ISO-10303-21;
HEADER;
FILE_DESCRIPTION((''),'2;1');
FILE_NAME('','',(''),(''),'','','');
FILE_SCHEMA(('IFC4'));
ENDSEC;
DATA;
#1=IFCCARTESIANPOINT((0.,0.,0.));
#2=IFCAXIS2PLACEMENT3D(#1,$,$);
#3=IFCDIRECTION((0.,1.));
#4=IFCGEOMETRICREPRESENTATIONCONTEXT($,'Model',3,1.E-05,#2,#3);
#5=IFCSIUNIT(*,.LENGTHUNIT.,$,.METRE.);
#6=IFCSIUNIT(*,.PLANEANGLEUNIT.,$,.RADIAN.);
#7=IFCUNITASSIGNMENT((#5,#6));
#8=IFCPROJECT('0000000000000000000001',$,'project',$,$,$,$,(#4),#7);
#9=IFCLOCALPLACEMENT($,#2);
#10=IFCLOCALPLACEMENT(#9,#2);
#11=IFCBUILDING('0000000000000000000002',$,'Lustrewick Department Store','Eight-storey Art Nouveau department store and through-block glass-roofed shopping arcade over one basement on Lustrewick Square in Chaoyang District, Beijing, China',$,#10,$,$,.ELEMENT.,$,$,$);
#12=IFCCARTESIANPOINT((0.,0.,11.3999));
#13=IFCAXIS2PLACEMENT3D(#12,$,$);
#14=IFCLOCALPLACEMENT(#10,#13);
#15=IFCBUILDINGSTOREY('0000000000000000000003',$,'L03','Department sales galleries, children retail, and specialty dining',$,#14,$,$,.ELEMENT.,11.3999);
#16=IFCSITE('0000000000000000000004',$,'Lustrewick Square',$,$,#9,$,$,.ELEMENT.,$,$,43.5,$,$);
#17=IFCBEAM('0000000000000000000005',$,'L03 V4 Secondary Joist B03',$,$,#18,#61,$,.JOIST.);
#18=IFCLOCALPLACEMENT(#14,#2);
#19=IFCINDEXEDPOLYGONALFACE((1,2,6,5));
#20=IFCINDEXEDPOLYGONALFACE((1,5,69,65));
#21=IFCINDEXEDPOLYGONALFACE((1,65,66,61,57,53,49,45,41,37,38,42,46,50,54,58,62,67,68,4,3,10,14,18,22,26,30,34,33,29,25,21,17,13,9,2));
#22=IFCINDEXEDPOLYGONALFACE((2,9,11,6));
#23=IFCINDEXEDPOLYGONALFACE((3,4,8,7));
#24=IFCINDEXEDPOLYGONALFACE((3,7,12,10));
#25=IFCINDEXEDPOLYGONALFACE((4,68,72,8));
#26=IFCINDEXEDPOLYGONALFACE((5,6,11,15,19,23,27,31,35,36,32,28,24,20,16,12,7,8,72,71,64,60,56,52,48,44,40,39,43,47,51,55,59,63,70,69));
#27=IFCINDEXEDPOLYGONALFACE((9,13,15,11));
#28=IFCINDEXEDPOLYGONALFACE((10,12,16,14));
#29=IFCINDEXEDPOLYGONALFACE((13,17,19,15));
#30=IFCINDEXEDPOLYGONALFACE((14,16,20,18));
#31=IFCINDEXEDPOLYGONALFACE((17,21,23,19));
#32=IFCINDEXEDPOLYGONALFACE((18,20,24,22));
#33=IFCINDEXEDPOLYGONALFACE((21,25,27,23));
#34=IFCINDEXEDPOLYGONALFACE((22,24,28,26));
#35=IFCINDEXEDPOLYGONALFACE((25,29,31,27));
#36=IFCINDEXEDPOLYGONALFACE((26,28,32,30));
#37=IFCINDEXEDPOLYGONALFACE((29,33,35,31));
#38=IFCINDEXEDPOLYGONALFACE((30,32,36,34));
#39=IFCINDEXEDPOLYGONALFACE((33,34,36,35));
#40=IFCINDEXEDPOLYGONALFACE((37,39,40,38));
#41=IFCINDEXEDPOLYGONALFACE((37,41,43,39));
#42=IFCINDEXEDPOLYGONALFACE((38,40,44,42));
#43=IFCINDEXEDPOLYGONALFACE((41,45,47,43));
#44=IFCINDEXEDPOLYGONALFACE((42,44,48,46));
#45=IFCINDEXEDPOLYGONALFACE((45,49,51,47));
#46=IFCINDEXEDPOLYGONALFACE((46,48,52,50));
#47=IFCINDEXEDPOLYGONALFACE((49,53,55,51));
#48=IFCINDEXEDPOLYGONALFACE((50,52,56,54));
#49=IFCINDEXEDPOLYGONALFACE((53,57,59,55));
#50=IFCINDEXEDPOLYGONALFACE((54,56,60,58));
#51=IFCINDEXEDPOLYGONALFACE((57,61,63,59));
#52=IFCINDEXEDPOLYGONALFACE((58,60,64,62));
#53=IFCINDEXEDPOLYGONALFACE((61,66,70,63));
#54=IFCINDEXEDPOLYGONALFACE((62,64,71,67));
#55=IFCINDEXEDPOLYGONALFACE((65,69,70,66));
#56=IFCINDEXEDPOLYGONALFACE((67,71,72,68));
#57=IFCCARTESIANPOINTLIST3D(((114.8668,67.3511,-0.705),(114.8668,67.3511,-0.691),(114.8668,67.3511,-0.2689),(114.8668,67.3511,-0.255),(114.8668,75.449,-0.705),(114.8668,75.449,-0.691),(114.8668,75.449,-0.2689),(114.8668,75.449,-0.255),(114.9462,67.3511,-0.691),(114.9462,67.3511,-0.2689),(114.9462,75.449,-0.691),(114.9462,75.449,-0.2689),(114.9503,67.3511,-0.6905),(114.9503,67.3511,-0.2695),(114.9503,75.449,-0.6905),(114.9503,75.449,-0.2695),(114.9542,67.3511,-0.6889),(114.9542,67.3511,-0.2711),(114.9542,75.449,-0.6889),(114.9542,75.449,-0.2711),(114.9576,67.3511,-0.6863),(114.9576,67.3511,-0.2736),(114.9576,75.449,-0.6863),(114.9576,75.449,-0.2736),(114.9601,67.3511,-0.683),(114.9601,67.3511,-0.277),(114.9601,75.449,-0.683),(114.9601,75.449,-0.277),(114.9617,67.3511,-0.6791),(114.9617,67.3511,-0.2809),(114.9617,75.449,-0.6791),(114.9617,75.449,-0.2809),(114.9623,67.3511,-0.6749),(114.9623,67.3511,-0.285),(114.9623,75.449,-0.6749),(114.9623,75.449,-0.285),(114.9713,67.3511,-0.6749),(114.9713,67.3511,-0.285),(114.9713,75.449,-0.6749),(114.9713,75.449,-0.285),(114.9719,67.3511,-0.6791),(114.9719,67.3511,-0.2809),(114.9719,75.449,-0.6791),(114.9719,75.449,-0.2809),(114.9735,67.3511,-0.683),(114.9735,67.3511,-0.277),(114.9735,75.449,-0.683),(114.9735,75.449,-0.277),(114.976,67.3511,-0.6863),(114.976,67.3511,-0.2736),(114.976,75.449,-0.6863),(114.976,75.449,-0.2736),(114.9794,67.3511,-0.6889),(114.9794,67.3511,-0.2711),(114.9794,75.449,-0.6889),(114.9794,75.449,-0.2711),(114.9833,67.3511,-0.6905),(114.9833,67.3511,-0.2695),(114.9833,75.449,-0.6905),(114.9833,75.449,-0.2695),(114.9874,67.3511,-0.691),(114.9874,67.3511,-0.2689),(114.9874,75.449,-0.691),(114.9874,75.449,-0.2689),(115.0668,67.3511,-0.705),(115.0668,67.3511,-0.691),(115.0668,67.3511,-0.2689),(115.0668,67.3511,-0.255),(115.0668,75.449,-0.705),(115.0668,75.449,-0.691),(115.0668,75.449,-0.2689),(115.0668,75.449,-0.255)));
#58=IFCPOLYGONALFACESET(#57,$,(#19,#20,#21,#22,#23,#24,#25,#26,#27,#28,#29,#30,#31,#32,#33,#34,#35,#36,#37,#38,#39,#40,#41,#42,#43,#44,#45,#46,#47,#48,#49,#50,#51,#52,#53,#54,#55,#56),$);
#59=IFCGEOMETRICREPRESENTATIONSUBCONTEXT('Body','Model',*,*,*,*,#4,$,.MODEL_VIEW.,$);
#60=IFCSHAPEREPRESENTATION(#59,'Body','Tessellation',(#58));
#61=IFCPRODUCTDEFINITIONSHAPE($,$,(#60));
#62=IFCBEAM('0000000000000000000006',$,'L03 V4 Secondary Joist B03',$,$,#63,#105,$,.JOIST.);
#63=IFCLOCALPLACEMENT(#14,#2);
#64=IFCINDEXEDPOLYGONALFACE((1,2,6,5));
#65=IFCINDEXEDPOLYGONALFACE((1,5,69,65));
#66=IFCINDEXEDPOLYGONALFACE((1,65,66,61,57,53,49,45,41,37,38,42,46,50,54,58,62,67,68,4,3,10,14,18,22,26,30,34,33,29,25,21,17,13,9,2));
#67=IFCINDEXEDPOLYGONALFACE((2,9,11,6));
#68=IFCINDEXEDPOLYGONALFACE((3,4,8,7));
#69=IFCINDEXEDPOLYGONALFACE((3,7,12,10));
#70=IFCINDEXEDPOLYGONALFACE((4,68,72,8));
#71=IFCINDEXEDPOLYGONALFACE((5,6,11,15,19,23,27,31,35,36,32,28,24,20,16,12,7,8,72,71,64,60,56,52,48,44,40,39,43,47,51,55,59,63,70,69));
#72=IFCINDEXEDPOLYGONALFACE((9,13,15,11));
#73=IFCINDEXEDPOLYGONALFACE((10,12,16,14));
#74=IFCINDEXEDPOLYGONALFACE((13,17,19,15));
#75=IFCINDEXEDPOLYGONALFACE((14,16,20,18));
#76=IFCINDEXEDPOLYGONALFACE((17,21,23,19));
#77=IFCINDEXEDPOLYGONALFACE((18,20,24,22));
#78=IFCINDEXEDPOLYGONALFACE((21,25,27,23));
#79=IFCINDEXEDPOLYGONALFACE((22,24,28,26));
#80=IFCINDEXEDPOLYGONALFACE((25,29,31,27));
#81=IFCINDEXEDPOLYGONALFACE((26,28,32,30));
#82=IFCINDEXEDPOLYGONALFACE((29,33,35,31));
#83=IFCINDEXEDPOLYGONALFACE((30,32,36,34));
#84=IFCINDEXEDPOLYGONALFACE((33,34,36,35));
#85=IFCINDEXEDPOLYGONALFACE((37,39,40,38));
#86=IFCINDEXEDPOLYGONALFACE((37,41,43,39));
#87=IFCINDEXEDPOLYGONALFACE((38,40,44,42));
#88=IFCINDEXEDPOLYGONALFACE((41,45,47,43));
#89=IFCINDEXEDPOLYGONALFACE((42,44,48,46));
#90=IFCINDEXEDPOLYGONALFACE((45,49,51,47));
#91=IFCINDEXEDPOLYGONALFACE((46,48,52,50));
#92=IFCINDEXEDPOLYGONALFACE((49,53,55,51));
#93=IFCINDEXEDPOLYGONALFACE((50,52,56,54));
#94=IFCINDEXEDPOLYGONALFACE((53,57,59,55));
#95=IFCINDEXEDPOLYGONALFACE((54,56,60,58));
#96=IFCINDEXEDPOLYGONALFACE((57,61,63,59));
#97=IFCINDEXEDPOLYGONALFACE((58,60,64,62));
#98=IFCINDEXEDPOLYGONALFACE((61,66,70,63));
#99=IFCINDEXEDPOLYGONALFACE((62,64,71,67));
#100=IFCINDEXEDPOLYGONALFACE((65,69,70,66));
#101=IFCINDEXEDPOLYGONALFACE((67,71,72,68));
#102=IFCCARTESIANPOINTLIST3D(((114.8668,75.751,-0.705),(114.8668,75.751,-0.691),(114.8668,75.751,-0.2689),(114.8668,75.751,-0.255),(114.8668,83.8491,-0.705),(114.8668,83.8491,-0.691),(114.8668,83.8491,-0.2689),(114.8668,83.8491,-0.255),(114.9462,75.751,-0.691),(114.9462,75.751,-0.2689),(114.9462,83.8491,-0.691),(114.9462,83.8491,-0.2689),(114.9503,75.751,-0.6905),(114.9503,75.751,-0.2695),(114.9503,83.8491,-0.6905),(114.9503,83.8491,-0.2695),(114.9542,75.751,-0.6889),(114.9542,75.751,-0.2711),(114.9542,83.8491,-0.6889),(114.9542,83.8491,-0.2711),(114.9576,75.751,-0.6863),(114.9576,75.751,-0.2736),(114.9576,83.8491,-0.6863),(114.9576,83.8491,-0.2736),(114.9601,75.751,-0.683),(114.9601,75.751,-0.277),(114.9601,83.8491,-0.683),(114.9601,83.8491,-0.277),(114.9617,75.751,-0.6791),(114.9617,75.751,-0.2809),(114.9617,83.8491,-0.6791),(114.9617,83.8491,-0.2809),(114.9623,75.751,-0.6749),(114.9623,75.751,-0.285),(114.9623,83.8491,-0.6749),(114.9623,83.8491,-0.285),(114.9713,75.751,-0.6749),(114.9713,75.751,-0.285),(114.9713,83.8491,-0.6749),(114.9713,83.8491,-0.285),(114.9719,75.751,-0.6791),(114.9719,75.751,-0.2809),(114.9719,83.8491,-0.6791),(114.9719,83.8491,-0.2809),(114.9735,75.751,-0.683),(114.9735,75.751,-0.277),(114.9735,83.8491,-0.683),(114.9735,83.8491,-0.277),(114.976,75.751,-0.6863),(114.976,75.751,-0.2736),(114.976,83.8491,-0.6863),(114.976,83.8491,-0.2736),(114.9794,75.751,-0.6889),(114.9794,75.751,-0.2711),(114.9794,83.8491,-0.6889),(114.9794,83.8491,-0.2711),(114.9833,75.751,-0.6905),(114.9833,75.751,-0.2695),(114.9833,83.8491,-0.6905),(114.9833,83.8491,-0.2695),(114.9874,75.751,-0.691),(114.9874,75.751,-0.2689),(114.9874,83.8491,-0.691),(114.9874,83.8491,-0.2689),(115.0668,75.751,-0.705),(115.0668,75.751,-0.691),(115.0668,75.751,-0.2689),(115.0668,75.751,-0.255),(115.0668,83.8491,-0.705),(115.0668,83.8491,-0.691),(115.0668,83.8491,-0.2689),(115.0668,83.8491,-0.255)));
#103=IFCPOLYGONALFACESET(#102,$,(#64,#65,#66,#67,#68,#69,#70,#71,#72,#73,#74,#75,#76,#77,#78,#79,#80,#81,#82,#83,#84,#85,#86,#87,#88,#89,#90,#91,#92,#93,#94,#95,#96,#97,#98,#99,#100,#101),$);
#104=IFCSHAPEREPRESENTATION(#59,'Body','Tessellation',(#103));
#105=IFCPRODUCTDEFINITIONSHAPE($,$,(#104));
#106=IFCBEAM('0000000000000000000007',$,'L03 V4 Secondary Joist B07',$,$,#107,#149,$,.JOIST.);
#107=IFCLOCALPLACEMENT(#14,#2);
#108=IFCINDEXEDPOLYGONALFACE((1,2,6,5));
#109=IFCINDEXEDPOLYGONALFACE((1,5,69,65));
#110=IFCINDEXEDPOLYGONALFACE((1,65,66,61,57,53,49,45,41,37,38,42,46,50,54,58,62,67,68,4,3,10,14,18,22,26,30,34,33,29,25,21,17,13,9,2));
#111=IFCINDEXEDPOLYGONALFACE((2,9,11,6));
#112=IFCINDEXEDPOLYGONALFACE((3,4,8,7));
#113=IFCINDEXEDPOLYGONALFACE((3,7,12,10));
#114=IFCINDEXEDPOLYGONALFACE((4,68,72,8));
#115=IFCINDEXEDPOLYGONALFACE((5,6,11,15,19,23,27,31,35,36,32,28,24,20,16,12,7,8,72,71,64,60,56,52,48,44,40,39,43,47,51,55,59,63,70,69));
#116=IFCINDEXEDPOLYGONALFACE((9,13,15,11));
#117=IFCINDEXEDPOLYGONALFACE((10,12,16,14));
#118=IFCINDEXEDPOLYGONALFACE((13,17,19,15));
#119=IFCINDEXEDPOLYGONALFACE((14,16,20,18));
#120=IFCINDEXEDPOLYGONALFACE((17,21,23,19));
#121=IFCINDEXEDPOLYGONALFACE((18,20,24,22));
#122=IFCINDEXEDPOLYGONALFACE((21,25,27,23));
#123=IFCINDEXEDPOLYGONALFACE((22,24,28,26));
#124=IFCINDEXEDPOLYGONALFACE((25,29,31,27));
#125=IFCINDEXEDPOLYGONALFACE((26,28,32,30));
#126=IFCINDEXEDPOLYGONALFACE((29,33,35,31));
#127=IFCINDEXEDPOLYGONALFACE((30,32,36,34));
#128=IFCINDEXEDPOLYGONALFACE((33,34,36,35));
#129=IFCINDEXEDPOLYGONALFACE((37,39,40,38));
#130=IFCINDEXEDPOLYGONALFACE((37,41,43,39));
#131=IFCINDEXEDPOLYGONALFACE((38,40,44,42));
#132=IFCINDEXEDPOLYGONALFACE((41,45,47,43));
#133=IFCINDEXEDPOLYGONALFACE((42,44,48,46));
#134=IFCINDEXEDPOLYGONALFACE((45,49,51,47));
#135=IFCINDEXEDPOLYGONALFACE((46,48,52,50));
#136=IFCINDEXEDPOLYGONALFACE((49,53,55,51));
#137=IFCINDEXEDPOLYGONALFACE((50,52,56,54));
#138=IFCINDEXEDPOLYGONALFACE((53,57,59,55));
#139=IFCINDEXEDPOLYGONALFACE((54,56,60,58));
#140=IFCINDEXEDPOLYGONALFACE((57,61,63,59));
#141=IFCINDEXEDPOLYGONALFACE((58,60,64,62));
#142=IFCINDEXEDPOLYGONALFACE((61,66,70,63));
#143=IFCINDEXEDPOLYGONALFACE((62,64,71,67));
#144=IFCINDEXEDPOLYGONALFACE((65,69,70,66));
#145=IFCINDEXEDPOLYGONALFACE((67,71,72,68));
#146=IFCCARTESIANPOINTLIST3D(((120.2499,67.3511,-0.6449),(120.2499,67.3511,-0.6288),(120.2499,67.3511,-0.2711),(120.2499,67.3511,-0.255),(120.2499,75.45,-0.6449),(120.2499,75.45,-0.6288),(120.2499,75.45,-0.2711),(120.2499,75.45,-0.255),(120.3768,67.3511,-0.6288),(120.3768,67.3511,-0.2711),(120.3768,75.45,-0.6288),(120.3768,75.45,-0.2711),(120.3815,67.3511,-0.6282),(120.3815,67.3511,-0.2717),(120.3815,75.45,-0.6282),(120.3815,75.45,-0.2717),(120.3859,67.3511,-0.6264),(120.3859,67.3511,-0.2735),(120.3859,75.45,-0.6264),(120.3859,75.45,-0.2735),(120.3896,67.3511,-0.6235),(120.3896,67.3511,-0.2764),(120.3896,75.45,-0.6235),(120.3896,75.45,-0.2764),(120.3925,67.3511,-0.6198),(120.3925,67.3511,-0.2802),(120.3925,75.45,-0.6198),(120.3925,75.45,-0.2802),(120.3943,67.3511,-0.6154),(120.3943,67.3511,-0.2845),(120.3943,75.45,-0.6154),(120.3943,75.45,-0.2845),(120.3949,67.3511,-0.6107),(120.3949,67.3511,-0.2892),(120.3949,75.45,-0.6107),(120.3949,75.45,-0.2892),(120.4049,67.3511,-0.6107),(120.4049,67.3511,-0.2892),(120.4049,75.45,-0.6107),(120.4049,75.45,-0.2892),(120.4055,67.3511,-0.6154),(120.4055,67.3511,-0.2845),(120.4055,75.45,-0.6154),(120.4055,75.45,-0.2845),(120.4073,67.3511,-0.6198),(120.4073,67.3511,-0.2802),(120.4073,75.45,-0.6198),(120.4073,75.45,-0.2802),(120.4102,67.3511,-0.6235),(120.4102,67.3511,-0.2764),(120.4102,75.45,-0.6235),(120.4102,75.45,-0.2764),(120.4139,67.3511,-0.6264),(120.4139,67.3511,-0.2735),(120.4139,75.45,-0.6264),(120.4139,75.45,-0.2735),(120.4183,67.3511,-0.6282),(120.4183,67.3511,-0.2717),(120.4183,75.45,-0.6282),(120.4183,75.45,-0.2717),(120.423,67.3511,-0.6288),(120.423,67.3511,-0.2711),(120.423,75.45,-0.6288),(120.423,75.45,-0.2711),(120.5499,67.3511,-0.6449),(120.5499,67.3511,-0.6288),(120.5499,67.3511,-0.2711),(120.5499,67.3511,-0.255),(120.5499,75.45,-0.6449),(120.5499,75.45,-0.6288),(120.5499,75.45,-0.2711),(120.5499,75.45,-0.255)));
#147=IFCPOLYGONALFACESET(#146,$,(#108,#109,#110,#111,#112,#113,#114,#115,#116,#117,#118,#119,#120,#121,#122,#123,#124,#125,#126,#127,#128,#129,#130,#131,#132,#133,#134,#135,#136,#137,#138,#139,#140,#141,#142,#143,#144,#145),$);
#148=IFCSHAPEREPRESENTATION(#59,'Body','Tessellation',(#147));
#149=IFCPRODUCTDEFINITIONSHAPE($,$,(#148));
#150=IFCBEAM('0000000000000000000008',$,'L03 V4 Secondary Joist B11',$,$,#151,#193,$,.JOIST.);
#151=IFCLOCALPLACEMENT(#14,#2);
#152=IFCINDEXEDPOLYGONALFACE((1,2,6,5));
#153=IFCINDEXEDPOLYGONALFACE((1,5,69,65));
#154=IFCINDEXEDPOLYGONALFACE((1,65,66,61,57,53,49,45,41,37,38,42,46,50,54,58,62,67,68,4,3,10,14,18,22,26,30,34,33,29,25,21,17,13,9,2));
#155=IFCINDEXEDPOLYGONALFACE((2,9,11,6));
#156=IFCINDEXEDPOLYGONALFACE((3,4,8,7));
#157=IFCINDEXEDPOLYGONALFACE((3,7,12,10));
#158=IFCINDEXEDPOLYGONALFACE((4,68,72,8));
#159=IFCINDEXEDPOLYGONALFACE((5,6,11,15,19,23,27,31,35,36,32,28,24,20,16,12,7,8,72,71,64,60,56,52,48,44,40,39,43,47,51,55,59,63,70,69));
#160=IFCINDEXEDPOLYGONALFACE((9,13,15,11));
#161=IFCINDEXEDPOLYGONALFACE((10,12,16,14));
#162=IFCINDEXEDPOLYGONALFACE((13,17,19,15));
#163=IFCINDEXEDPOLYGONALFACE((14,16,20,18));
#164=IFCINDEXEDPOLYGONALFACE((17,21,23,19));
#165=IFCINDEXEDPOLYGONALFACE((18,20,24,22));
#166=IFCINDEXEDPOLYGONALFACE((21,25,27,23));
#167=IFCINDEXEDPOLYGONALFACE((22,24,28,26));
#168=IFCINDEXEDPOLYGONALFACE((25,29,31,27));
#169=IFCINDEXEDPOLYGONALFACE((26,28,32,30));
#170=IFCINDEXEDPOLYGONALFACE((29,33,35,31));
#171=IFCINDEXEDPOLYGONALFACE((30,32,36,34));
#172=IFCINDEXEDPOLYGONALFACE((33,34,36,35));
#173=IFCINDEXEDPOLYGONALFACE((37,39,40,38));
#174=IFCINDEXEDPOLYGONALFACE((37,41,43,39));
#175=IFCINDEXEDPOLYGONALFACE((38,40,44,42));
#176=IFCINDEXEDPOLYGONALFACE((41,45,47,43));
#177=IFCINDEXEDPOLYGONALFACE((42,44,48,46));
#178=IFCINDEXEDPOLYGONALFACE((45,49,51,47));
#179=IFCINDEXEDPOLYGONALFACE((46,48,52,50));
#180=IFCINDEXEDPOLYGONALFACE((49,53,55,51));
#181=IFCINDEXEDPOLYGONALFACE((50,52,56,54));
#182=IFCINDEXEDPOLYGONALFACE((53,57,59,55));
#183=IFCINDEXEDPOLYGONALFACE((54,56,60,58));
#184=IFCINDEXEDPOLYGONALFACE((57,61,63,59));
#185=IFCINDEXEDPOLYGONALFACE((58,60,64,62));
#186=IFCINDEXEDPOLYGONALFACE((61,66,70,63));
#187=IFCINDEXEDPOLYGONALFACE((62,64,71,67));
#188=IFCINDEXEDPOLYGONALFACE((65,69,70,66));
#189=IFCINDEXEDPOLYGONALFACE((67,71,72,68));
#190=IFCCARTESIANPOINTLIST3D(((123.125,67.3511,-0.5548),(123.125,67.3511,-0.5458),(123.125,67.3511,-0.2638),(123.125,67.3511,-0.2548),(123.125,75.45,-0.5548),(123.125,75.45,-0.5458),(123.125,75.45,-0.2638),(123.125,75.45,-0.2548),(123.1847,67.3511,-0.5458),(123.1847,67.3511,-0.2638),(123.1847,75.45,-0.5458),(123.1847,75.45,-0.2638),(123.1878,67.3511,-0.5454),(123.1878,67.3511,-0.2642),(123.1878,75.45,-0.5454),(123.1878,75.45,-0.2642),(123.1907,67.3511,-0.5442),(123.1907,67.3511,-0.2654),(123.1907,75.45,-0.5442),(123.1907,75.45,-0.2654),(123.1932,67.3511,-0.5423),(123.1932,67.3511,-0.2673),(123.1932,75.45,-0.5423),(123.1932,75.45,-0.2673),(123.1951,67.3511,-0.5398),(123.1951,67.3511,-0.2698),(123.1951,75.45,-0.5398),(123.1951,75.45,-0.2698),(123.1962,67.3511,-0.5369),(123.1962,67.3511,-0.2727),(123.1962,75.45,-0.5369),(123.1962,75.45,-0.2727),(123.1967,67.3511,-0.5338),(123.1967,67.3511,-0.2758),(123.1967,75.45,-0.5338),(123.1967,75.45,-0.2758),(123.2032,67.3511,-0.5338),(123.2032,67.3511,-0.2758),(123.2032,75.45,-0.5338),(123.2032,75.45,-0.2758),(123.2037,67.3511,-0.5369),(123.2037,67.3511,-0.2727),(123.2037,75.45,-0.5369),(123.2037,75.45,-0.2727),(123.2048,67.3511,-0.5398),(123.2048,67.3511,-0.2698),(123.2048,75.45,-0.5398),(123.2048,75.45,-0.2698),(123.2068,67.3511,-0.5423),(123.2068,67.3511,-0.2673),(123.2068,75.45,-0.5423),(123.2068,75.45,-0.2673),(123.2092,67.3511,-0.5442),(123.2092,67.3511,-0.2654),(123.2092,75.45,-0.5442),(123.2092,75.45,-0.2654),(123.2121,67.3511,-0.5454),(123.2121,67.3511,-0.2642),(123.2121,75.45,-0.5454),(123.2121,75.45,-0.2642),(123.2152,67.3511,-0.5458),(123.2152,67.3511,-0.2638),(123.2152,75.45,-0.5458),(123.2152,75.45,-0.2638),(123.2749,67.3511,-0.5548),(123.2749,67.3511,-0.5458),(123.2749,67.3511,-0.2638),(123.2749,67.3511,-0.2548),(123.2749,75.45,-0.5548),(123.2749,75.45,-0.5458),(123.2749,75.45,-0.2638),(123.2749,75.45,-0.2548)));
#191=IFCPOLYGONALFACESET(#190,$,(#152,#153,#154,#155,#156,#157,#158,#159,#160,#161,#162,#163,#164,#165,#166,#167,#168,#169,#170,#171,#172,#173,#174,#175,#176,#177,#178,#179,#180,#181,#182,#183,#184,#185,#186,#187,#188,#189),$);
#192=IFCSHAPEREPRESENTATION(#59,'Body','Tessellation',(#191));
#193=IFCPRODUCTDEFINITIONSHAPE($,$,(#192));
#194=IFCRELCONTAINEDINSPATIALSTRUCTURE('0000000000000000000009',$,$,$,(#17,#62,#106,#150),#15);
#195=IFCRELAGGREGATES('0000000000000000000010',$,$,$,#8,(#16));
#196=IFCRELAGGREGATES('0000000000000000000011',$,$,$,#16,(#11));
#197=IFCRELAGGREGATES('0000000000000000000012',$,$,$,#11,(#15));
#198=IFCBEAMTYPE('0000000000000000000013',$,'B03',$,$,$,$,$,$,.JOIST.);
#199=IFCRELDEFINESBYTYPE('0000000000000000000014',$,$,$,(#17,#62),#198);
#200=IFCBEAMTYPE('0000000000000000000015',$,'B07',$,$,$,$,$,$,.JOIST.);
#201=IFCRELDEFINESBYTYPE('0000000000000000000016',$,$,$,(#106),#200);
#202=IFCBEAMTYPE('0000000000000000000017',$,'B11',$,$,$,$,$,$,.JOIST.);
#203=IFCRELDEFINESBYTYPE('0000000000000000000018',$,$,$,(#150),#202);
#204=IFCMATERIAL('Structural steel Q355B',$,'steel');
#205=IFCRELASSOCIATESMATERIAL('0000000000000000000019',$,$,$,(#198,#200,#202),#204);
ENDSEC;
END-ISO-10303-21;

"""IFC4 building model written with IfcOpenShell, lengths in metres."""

from ifc_helpers import new_model, si_unit, direction, frame, origin, origin_2d, place, context, subcontext, project, spatial, i_section, extrude, material, material_profile, profile_set, type_object, element, save


model = new_model("IFC4")

# Units and contexts
model_context = context("Model", 3, precision=1e-05, world=origin(), true_north=direction((0.0, 1.0)))
body_context = subcontext(model_context, "Body", "Model", "MODEL_VIEW")
ifc_project = project(units=[si_unit("LENGTHUNIT", "METRE"), si_unit("PLANEANGLEUNIT", "RADIAN")], contexts=[model_context])

# Site, building, storey
site_placement = place(None, origin())
site = spatial("IfcSite", under=ifc_project, at=site_placement, Name="Lustrewick Square", CompositionType="ELEMENT", RefElevation=43.5)
building_placement = place(site_placement, origin())
building = spatial("IfcBuilding", under=site, at=building_placement, Name="Lustrewick Department Store", Description="Eight-storey Art Nouveau department store and through-block glass-roofed shopping arcade over one basement on Lustrewick Square in Chaoyang District, Beijing, China", CompositionType="ELEMENT")
storey_placement = place(building_placement, frame((0.0, 0.0, 11.3999)))
storey = spatial("IfcBuildingStorey", under=building, at=storey_placement, Name="L03", Description="Department sales galleries, children retail, and specialty dining", CompositionType="ELEMENT", Elevation=11.3999)

# Shared definitions
ifc_material_1 = material(Name="Structural steel Q355B", Category="steel")

# Beams
ifc_material_profile_1 = material_profile(ifc_material_1, i_section(OverallWidth=0.2, OverallDepth=0.45, WebThickness=0.009, FlangeThickness=0.0139, FilletRadius=0.0161, at=origin_2d()), Name="HN 450x200x9x14")
ifc_profile_set_1 = profile_set([ifc_material_profile_1], Name="Structural steel Q355B")
beam_type_1 = type_object("IfcBeamType", Name="B03", PredefinedType="JOIST", material=ifc_profile_set_1)
beam_1_placement = place(storey_placement, frame((114.9668, 67.3511, -0.48), z_axis=(0.0, 1.0, 0.0), x_axis=(-1.0, 0.0, 0.0)))
element("IfcBeam", 1, at=beam_1_placement, inside=storey, type_object=beam_type_1, Name="L03 V4 Secondary Joist B03", PredefinedType="JOIST", context=body_context, shape_type="SweptSolid", body=[
    extrude(i_section(OverallWidth=0.2, OverallDepth=0.45, WebThickness=0.009, FlangeThickness=0.0139, FilletRadius=0.0161, at=origin_2d()), origin(), (0.0, 0.0, 1.0), 8.0979),
])
beam_2_placement = place(storey_placement, frame((114.9668, 75.751, -0.48), z_axis=(0.0, 1.0, 0.0), x_axis=(-1.0, 0.0, 0.0)))
element("IfcBeam", 2, at=beam_2_placement, inside=storey, type_object=beam_type_1, Name="L03 V4 Secondary Joist B03", PredefinedType="JOIST", context=body_context, shape_type="SweptSolid", body=[
    extrude(i_section(OverallWidth=0.2, OverallDepth=0.45, WebThickness=0.009, FlangeThickness=0.0139, FilletRadius=0.0161, at=origin_2d()), origin(), (0.0, 0.0, 1.0), 8.0981),
])
ifc_material_profile_2 = material_profile(ifc_material_1, i_section(OverallWidth=0.3, OverallDepth=0.3899, WebThickness=0.01, FlangeThickness=0.0161, FilletRadius=0.0181, at=origin_2d()), Name="HM 390x300x10x16")
ifc_profile_set_2 = profile_set([ifc_material_profile_2], Name="Structural steel Q355B")
beam_type_2 = type_object("IfcBeamType", Name="B07", PredefinedType="JOIST", material=ifc_profile_set_2)
beam_3_placement = place(storey_placement, frame((120.3999, 67.3511, -0.45), z_axis=(0.0, 1.0, 0.0), x_axis=(-1.0, 0.0, 0.0)))
element("IfcBeam", 3, at=beam_3_placement, inside=storey, type_object=beam_type_2, Name="L03 V4 Secondary Joist B07", PredefinedType="JOIST", context=body_context, shape_type="SweptSolid", body=[
    extrude(i_section(OverallWidth=0.3, OverallDepth=0.3899, WebThickness=0.01, FlangeThickness=0.0161, FilletRadius=0.0181, at=origin_2d()), origin(), (0.0, 0.0, 1.0), 8.0989),
])
ifc_material_profile_3 = material_profile(ifc_material_1, i_section(OverallWidth=0.1499, OverallDepth=0.3, WebThickness=0.0066, FlangeThickness=0.009, FilletRadius=0.012, at=origin_2d()), Name="HN 300x150x6.5x9")
ifc_profile_set_3 = profile_set([ifc_material_profile_3], Name="Structural steel Q355B")
beam_type_3 = type_object("IfcBeamType", Name="B11", PredefinedType="JOIST", material=ifc_profile_set_3)
beam_4_placement = place(storey_placement, frame((123.2, 67.3511, -0.4048), z_axis=(0.0, 1.0, 0.0), x_axis=(-1.0, 0.0, 0.0)))
element("IfcBeam", 4, at=beam_4_placement, inside=storey, type_object=beam_type_3, Name="L03 V4 Secondary Joist B11", PredefinedType="JOIST", context=body_context, shape_type="SweptSolid", body=[
    extrude(i_section(OverallWidth=0.1499, OverallDepth=0.3, WebThickness=0.0066, FlangeThickness=0.009, FilletRadius=0.012, at=origin_2d()), origin(), (0.0, 0.0, 1.0), 8.0989),
])

save(model, "model.ifc")
